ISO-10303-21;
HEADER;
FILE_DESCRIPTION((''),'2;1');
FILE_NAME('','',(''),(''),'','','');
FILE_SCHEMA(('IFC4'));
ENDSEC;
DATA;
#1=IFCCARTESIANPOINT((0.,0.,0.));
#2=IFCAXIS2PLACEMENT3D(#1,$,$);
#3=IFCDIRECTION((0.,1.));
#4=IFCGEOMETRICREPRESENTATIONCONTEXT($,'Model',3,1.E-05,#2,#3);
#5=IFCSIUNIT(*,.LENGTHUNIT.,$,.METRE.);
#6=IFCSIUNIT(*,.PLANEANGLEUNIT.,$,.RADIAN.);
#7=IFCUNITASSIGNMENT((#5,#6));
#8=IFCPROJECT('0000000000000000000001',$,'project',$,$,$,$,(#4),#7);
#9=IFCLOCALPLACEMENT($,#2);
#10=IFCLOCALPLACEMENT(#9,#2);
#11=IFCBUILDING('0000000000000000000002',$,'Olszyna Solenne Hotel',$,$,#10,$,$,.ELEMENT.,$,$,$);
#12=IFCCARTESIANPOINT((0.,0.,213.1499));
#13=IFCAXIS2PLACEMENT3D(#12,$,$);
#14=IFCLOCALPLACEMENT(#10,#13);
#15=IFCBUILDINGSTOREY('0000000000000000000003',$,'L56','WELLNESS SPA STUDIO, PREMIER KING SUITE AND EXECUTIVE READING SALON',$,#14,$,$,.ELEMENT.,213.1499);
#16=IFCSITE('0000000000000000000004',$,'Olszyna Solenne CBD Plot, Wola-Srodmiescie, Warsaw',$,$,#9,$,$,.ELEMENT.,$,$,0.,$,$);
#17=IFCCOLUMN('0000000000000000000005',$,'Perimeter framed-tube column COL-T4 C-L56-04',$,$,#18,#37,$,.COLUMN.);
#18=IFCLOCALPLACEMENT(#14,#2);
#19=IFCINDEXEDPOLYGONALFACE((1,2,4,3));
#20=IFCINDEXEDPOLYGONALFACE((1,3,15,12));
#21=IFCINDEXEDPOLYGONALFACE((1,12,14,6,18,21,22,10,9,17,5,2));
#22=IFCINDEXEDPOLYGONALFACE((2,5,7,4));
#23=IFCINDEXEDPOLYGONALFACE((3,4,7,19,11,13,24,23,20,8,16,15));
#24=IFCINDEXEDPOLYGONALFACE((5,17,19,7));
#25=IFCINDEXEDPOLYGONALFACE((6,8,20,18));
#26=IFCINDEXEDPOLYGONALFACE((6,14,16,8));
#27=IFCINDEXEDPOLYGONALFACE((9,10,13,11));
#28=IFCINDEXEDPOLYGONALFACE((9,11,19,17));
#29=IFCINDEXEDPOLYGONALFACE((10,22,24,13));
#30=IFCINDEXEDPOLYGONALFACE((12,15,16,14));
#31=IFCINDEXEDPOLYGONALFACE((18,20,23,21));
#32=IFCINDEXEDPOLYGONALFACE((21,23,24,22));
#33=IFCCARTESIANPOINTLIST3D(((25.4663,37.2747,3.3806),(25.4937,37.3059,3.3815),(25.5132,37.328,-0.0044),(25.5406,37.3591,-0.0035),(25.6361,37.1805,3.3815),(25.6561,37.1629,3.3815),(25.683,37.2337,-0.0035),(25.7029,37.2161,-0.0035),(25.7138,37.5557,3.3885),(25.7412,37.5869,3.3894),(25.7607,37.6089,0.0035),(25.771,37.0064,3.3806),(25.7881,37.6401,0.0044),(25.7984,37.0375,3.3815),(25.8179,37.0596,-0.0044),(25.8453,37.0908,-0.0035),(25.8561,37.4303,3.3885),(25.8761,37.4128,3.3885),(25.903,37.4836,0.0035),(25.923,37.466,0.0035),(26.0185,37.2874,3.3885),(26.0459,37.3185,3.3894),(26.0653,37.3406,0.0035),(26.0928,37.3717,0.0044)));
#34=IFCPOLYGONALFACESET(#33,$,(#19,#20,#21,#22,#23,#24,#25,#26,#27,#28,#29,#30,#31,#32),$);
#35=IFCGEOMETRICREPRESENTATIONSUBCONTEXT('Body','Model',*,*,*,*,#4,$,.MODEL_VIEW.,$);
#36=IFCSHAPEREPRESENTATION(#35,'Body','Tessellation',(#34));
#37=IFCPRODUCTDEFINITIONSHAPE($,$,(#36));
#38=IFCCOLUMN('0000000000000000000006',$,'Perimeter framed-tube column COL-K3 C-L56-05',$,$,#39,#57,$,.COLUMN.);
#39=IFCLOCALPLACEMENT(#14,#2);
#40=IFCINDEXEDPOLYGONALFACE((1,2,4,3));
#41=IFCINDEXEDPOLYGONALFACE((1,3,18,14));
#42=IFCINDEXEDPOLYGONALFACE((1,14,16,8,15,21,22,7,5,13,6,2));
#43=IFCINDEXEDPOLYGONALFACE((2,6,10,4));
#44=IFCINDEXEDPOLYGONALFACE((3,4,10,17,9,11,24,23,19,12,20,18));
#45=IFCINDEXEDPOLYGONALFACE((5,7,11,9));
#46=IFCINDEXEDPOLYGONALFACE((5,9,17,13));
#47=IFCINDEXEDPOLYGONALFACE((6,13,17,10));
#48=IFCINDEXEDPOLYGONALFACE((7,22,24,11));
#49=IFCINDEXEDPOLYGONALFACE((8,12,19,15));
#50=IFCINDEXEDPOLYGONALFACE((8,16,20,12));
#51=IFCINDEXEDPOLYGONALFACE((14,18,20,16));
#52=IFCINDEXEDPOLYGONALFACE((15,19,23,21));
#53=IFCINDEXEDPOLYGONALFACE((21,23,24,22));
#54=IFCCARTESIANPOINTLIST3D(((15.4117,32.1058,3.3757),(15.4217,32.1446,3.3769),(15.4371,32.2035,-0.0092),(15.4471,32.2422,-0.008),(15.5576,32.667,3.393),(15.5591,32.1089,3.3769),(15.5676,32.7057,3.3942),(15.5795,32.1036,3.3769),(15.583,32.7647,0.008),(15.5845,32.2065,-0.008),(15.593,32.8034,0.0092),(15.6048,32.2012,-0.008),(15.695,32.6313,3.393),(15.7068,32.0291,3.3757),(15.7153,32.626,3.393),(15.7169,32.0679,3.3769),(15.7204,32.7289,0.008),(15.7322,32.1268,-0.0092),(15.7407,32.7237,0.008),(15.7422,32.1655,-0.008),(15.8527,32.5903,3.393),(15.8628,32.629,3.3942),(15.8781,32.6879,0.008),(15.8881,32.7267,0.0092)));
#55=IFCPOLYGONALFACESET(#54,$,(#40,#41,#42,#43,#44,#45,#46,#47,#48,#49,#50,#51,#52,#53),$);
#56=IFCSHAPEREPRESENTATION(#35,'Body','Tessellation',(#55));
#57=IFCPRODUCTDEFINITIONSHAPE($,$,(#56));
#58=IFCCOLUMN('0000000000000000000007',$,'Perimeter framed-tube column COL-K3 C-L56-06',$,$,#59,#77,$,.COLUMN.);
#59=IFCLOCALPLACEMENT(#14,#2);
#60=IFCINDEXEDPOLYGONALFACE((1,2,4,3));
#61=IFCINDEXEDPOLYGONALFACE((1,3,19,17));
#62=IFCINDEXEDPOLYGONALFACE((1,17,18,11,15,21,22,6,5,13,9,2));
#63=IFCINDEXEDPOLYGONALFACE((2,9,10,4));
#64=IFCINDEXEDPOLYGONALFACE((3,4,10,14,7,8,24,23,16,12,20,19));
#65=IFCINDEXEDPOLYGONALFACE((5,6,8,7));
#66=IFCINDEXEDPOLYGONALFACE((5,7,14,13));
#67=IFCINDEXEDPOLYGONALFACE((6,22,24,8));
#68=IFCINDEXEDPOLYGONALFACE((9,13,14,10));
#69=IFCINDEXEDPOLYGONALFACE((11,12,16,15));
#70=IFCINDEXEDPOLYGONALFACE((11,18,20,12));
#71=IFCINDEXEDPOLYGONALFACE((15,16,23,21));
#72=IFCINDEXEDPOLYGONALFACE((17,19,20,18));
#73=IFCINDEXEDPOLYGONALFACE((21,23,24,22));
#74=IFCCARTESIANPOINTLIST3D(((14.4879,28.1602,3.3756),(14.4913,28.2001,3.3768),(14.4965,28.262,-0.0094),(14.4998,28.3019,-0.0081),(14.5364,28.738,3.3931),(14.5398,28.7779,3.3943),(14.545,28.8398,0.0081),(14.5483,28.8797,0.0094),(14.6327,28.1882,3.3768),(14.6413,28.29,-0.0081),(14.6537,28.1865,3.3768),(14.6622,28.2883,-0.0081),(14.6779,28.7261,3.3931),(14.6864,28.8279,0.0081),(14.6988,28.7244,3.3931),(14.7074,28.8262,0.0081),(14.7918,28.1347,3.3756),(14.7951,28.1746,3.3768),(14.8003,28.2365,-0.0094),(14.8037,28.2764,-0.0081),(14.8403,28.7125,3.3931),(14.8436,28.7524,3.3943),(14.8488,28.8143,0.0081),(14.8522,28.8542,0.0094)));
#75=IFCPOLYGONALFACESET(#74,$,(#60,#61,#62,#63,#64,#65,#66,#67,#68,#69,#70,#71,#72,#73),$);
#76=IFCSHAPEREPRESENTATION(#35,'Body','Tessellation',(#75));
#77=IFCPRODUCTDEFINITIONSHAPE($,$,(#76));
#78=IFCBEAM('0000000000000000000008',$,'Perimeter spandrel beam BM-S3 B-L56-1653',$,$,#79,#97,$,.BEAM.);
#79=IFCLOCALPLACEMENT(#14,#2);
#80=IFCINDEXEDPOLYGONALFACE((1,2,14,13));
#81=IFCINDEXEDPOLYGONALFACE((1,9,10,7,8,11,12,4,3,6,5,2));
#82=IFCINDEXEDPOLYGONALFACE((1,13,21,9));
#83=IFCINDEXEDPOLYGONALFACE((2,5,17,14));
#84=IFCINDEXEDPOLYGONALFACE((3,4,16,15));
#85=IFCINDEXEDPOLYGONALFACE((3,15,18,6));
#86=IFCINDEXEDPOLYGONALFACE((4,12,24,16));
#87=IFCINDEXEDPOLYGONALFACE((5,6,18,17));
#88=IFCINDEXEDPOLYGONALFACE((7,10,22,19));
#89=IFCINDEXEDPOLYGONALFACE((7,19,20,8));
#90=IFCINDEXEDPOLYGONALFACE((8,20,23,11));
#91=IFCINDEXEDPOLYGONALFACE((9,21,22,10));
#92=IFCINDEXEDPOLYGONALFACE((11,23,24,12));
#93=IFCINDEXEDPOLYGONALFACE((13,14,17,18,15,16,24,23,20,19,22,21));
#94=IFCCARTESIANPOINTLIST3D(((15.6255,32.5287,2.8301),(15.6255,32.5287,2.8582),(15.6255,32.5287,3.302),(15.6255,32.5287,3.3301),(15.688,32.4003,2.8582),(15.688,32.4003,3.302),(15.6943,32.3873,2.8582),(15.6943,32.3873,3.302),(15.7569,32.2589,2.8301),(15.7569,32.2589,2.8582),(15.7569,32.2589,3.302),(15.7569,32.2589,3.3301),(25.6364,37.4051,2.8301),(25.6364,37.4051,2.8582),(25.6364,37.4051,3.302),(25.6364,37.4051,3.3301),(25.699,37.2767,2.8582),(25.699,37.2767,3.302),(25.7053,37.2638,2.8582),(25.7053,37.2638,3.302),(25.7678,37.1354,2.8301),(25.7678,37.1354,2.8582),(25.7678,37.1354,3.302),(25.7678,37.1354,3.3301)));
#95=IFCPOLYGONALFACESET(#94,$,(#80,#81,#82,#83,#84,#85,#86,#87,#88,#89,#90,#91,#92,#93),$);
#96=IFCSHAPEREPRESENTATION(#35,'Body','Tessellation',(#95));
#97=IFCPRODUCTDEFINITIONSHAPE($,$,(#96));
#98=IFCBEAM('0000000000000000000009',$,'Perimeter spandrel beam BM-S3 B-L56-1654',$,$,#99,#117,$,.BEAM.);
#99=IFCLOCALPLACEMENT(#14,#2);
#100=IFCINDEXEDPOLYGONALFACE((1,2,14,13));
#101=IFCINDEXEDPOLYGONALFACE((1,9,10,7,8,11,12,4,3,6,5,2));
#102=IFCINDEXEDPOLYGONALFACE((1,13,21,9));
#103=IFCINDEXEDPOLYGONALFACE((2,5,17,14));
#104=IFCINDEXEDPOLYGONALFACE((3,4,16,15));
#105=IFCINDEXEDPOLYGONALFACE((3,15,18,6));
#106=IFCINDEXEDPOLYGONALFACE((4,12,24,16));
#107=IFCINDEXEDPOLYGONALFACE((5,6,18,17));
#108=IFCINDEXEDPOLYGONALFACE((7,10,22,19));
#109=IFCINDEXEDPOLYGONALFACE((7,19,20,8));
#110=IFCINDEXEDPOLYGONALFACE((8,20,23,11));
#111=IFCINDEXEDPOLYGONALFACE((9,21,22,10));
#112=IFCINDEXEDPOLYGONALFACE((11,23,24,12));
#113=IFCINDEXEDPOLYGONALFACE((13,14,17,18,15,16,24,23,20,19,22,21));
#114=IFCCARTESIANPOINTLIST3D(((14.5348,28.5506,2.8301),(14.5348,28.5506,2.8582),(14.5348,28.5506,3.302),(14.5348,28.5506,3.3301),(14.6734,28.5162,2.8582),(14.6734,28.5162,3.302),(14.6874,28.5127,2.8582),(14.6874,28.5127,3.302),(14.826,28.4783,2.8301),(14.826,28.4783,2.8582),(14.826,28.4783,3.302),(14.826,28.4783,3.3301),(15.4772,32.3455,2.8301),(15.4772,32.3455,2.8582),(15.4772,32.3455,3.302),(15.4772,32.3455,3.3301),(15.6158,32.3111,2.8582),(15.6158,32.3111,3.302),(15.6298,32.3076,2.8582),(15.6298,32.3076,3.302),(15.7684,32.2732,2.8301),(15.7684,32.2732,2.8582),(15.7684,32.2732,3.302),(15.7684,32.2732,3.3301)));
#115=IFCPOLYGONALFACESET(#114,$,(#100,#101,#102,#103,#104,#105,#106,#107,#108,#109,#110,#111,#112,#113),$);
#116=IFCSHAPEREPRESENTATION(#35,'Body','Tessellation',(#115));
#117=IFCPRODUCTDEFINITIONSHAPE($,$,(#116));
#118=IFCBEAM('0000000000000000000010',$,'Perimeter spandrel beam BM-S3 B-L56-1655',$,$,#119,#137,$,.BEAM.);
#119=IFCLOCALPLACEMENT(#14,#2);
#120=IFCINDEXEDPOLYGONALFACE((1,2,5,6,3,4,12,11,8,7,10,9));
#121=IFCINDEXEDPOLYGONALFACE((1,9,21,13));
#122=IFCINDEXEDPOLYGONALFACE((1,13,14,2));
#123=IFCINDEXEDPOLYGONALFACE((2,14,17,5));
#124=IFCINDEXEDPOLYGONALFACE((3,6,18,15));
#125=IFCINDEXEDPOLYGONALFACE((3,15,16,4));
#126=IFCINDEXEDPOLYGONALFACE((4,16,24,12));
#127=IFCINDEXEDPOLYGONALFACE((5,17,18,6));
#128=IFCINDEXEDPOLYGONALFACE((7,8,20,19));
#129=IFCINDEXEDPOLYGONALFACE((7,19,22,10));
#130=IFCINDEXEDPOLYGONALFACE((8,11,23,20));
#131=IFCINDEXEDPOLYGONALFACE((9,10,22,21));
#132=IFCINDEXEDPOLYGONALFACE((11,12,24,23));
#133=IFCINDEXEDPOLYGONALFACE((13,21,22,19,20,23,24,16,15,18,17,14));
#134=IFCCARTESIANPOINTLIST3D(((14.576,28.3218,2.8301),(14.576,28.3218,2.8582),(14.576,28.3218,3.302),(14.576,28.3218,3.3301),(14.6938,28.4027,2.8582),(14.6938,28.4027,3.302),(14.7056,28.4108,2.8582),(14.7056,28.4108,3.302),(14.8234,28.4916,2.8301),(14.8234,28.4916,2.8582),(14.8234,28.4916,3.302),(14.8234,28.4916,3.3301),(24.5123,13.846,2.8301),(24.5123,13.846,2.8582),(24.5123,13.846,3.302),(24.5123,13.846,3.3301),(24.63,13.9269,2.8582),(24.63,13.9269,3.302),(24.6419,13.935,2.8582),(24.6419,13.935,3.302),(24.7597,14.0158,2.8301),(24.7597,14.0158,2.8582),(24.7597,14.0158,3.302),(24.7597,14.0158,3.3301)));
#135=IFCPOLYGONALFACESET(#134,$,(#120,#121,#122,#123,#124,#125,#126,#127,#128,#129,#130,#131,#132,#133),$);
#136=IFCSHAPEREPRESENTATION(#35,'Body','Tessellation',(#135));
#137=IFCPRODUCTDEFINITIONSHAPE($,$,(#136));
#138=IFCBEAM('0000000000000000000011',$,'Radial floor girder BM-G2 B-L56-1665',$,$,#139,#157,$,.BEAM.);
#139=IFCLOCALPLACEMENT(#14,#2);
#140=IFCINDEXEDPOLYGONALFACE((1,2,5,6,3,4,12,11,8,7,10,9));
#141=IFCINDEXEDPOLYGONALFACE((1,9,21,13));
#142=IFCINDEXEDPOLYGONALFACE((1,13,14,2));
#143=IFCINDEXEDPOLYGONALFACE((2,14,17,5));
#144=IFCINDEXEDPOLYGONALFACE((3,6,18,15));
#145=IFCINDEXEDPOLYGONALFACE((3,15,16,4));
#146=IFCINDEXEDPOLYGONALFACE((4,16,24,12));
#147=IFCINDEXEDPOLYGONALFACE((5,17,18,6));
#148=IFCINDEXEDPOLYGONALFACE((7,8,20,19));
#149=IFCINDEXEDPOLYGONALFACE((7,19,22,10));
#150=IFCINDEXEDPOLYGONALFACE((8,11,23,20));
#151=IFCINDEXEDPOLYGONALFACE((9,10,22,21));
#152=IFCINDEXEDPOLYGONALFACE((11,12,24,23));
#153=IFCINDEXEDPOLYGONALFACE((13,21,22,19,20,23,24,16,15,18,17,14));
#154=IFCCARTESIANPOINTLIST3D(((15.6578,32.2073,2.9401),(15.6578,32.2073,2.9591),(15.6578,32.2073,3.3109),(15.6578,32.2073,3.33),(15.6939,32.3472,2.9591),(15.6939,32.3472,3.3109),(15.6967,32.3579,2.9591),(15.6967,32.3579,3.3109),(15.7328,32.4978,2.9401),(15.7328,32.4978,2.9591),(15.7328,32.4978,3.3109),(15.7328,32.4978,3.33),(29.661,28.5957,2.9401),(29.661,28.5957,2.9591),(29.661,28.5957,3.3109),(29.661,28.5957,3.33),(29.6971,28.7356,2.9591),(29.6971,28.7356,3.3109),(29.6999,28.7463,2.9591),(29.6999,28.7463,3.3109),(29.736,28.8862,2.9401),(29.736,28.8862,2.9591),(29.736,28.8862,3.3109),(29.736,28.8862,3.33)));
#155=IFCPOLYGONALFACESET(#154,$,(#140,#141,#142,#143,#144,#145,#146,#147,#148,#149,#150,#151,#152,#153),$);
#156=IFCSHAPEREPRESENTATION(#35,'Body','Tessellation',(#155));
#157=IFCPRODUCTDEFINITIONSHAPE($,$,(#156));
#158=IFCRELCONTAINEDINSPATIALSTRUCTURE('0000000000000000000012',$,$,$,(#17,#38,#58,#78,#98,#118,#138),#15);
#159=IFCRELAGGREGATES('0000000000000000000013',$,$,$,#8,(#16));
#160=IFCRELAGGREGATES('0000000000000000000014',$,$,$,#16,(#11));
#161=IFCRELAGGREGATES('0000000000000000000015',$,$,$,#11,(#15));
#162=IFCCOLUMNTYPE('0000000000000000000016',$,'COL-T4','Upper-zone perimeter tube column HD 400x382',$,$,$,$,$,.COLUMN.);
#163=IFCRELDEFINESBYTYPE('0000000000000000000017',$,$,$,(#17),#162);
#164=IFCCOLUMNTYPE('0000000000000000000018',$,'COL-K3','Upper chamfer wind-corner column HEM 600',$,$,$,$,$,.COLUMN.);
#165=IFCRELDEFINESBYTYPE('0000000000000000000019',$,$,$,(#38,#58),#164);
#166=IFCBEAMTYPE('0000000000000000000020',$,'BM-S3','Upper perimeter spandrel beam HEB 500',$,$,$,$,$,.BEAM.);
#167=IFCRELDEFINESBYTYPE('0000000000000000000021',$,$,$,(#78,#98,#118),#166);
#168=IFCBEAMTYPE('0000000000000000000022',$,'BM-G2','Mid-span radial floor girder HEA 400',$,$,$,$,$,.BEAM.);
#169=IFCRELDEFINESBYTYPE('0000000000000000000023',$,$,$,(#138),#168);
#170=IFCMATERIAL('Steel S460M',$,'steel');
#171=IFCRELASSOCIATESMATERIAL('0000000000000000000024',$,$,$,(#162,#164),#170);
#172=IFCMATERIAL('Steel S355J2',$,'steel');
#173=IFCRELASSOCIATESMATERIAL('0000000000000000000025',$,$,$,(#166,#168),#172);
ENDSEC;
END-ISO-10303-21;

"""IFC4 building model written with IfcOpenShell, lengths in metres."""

from ifc_helpers import new_model, si_unit, direction, frame, origin, origin_2d, place, context, subcontext, project, spatial, i_section, extrude, source, transform, mapped, material, material_profile, profile_set, type_object, element, save


model = new_model("IFC4")

# Units and contexts
model_context = context("Model", 3, precision=1e-05, world=origin(), true_north=direction((0.0, 1.0)))
body_context = subcontext(model_context, "Body", "Model", "MODEL_VIEW")
ifc_project = project(units=[si_unit("LENGTHUNIT", "METRE"), si_unit("PLANEANGLEUNIT", "RADIAN")], contexts=[model_context])

# Site, building, storey
site_placement = place(None, origin())
site = spatial("IfcSite", under=ifc_project, at=site_placement, Name="Olszyna Solenne CBD Plot, Wola-Srodmiescie, Warsaw", CompositionType="ELEMENT", RefElevation=0.0)
building_placement = place(site_placement, origin())
building = spatial("IfcBuilding", under=site, at=building_placement, Name="Olszyna Solenne Hotel", CompositionType="ELEMENT")
storey_placement = place(building_placement, frame((0.0, 0.0, 213.1499)))
storey = spatial("IfcBuildingStorey", under=building, at=storey_placement, Name="L56", Description="WELLNESS SPA STUDIO, PREMIER KING SUITE AND EXECUTIVE READING SALON", CompositionType="ELEMENT", Elevation=213.1499)

# Columns
ifc_material_1 = material(Name="Steel S460M", Category="steel")
ifc_material_profile_1 = material_profile(ifc_material_1, i_section(OverallWidth=0.406, OverallDepth=0.416, WebThickness=0.0266, FlangeThickness=0.0415, at=origin_2d()), Name="HD 400x382", Category="load-bearing")
ifc_profile_set_1 = profile_set([ifc_material_profile_1], Name="Steel S460M")
column_type_1 = type_object("IfcColumnType", Name="COL-T4", Description="Upper-zone perimeter tube column HD 400x382", PredefinedType="COLUMN", material=ifc_profile_set_1)
shared_shape_1 = source(origin(), body_context, "Body", "SweptSolid", [
    extrude(i_section(OverallWidth=0.406, OverallDepth=0.416, WebThickness=0.0266, FlangeThickness=0.0415, at=origin_2d()), origin(), (0.0, 0.0, 1.0), 3.3857),
])
column_placement = place(storey_placement, frame((25.803, 37.3499, 0.0), z_axis=(-0.013845, -0.01572, 0.999781), x_axis=(0.75044, -0.660938, 0.0)))
element("IfcColumn", 1, at=column_placement, inside=storey, type_object=column_type_1, Name="Perimeter framed-tube column COL-T4 C-L56-04", PredefinedType="COLUMN", context=body_context, shape_type="MappedRepresentation", body=[
    mapped(shared_shape_1, transform((0.0, 0.0, 0.0), x_axis=(1.0, 0.0, 0.0), y_axis=(0.0, 1.0, 0.0), z_axis=(0.0, 0.0, 1.0), scale=1.0)),
])
ifc_material_profile_2 = material_profile(ifc_material_1, i_section(OverallWidth=0.3049, OverallDepth=0.6201, WebThickness=0.021, FlangeThickness=0.04, at=origin_2d()), Name="HEM 600", Category="load-bearing")
ifc_profile_set_2 = profile_set([ifc_material_profile_2], Name="Steel S460M")
column_type_2 = type_object("IfcColumnType", Name="COL-K3", Description="Upper chamfer wind-corner column HEM 600", PredefinedType="COLUMN", material=ifc_profile_set_2)
shared_shape_2 = source(origin(), body_context, "Body", "SweptSolid", [
    extrude(i_section(OverallWidth=0.3049, OverallDepth=0.6201, WebThickness=0.021, FlangeThickness=0.04, at=origin_2d()), origin(), (0.0, 0.0, 1.0), 3.3865),
])
for number, where, z_axis, x_axis, name in (
    (2, (15.6626, 32.4651, 0.0), (-0.007498, -0.028837, 0.999556), (0.967823, -0.251634, 0.0), "Perimeter framed-tube column COL-K3 C-L56-05"),
    (3, (14.6743, 28.5581, 0.0), (-0.002523, -0.030062, 0.999545), (0.996496, -0.083639, 0.0), "Perimeter framed-tube column COL-K3 C-L56-06"),
):
    element("IfcColumn", number, at=place(storey_placement, frame(where, z_axis=z_axis, x_axis=x_axis)), inside=storey, type_object=column_type_2, Name=name, PredefinedType="COLUMN", context=body_context, shape_type="MappedRepresentation", body=[
        mapped(shared_shape_2, transform((0.0, 0.0, 0.0), x_axis=(1.0, 0.0, 0.0), y_axis=(0.0, 1.0, 0.0), z_axis=(0.0, 0.0, 1.0), scale=1.0)),
    ])

# Beams
ifc_material_2 = material(Name="Steel S355J2", Category="steel")
ifc_material_profile_3 = material_profile(ifc_material_2, i_section(OverallWidth=0.3, OverallDepth=0.5, WebThickness=0.0144, FlangeThickness=0.0281, at=origin_2d()), Name="HEB 500", Category="load-bearing")
ifc_profile_set_3 = profile_set([ifc_material_profile_3], Name="Steel S355J2")
beam_type_1 = type_object("IfcBeamType", Name="BM-S3", Description="Upper perimeter spandrel beam HEB 500", PredefinedType="BEAM", material=ifc_profile_set_3)
shared_shape_3 = source(origin(), body_context, "Body", "SweptSolid", [
    extrude(i_section(OverallWidth=0.3, OverallDepth=0.5, WebThickness=0.0144, FlangeThickness=0.0281, at=origin_2d()), origin(), (0.0, 0.0, 1.0), 11.1355),
])
beam_1_placement = place(storey_placement, frame((25.7021, 37.2703, 3.0801), z_axis=(-0.899014, -0.43792, 0.0), x_axis=(0.43792, -0.899014, 0.0)))
element("IfcBeam", 4, at=beam_1_placement, inside=storey, type_object=beam_type_1, Name="Perimeter spandrel beam BM-S3 B-L56-1653", PredefinedType="BEAM", context=body_context, shape_type="MappedRepresentation", body=[
    mapped(shared_shape_3, transform((0.0, 0.0, 0.0), x_axis=(1.0, 0.0, 0.0), y_axis=(0.0, 1.0, 0.0), z_axis=(0.0, 0.0, 1.0), scale=1.0)),
])
shared_shape_4 = source(origin(), body_context, "Body", "SweptSolid", [
    extrude(i_section(OverallWidth=0.3, OverallDepth=0.5, WebThickness=0.0144, FlangeThickness=0.0281, at=origin_2d()), origin(), (0.0, 0.0, 1.0), 3.9102),
])
beam_2_placement = place(storey_placement, frame((15.6228, 32.3093, 3.0801), z_axis=(-0.241007, -0.970523, 0.0), x_axis=(0.970523, -0.241007, 0.0)))
element("IfcBeam", 5, at=beam_2_placement, inside=storey, type_object=beam_type_1, Name="Perimeter spandrel beam BM-S3 B-L56-1654", PredefinedType="BEAM", context=body_context, shape_type="MappedRepresentation", body=[
    mapped(shared_shape_4, transform((0.0, 0.0, 0.0), x_axis=(1.0, 0.0, 0.0), y_axis=(0.0, 1.0, 0.0), z_axis=(0.0, 0.0, 1.0), scale=1.0)),
])
shared_shape_5 = source(origin(), body_context, "Body", "SweptSolid", [
    extrude(i_section(OverallWidth=0.3, OverallDepth=0.5, WebThickness=0.0144, FlangeThickness=0.0281, at=origin_2d()), origin(), (0.0, 0.0, 1.0), 17.5579),
])
beam_3_placement = place(storey_placement, frame((14.6997, 28.4067, 3.0801), z_axis=(0.565916, -0.824463, 0.0), x_axis=(0.824463, 0.565916, 0.0)))
element("IfcBeam", 6, at=beam_3_placement, inside=storey, type_object=beam_type_1, Name="Perimeter spandrel beam BM-S3 B-L56-1655", PredefinedType="BEAM", context=body_context, shape_type="MappedRepresentation", body=[
    mapped(shared_shape_5, transform((0.0, 0.0, 0.0), x_axis=(1.0, 0.0, 0.0), y_axis=(0.0, 1.0, 0.0), z_axis=(0.0, 0.0, 1.0), scale=1.0)),
])
ifc_material_profile_4 = material_profile(ifc_material_2, i_section(OverallWidth=0.3, OverallDepth=0.3899, WebThickness=0.011, FlangeThickness=0.019, at=origin_2d()), Name="HEA 400", Category="load-bearing")
ifc_profile_set_4 = profile_set([ifc_material_profile_4], Name="Steel S355J2")
beam_type_2 = type_object("IfcBeamType", Name="BM-G2", Description="Mid-span radial floor girder HEA 400", PredefinedType="BEAM", material=ifc_profile_set_4)
shared_shape_6 = source(origin(), body_context, "Body", "SweptSolid", [
    extrude(i_section(OverallWidth=0.3, OverallDepth=0.3899, WebThickness=0.011, FlangeThickness=0.019, at=origin_2d()), origin(), (0.0, 0.0, 1.0), 14.4614),
])
beam_4_placement = place(storey_placement, frame((15.6953, 32.3525, 3.135), z_axis=(0.968313, -0.249739, 0.0), x_axis=(0.249739, 0.968313, 0.0)))
element("IfcBeam", 7, at=beam_4_placement, inside=storey, type_object=beam_type_2, Name="Radial floor girder BM-G2 B-L56-1665", PredefinedType="BEAM", context=body_context, shape_type="MappedRepresentation", body=[
    mapped(shared_shape_6, transform((0.0, 0.0, 0.0), x_axis=(1.0, 0.0, 0.0), y_axis=(0.0, 1.0, 0.0), z_axis=(0.0, 0.0, 1.0), scale=1.0)),
])

save(model, "model.ifc")
